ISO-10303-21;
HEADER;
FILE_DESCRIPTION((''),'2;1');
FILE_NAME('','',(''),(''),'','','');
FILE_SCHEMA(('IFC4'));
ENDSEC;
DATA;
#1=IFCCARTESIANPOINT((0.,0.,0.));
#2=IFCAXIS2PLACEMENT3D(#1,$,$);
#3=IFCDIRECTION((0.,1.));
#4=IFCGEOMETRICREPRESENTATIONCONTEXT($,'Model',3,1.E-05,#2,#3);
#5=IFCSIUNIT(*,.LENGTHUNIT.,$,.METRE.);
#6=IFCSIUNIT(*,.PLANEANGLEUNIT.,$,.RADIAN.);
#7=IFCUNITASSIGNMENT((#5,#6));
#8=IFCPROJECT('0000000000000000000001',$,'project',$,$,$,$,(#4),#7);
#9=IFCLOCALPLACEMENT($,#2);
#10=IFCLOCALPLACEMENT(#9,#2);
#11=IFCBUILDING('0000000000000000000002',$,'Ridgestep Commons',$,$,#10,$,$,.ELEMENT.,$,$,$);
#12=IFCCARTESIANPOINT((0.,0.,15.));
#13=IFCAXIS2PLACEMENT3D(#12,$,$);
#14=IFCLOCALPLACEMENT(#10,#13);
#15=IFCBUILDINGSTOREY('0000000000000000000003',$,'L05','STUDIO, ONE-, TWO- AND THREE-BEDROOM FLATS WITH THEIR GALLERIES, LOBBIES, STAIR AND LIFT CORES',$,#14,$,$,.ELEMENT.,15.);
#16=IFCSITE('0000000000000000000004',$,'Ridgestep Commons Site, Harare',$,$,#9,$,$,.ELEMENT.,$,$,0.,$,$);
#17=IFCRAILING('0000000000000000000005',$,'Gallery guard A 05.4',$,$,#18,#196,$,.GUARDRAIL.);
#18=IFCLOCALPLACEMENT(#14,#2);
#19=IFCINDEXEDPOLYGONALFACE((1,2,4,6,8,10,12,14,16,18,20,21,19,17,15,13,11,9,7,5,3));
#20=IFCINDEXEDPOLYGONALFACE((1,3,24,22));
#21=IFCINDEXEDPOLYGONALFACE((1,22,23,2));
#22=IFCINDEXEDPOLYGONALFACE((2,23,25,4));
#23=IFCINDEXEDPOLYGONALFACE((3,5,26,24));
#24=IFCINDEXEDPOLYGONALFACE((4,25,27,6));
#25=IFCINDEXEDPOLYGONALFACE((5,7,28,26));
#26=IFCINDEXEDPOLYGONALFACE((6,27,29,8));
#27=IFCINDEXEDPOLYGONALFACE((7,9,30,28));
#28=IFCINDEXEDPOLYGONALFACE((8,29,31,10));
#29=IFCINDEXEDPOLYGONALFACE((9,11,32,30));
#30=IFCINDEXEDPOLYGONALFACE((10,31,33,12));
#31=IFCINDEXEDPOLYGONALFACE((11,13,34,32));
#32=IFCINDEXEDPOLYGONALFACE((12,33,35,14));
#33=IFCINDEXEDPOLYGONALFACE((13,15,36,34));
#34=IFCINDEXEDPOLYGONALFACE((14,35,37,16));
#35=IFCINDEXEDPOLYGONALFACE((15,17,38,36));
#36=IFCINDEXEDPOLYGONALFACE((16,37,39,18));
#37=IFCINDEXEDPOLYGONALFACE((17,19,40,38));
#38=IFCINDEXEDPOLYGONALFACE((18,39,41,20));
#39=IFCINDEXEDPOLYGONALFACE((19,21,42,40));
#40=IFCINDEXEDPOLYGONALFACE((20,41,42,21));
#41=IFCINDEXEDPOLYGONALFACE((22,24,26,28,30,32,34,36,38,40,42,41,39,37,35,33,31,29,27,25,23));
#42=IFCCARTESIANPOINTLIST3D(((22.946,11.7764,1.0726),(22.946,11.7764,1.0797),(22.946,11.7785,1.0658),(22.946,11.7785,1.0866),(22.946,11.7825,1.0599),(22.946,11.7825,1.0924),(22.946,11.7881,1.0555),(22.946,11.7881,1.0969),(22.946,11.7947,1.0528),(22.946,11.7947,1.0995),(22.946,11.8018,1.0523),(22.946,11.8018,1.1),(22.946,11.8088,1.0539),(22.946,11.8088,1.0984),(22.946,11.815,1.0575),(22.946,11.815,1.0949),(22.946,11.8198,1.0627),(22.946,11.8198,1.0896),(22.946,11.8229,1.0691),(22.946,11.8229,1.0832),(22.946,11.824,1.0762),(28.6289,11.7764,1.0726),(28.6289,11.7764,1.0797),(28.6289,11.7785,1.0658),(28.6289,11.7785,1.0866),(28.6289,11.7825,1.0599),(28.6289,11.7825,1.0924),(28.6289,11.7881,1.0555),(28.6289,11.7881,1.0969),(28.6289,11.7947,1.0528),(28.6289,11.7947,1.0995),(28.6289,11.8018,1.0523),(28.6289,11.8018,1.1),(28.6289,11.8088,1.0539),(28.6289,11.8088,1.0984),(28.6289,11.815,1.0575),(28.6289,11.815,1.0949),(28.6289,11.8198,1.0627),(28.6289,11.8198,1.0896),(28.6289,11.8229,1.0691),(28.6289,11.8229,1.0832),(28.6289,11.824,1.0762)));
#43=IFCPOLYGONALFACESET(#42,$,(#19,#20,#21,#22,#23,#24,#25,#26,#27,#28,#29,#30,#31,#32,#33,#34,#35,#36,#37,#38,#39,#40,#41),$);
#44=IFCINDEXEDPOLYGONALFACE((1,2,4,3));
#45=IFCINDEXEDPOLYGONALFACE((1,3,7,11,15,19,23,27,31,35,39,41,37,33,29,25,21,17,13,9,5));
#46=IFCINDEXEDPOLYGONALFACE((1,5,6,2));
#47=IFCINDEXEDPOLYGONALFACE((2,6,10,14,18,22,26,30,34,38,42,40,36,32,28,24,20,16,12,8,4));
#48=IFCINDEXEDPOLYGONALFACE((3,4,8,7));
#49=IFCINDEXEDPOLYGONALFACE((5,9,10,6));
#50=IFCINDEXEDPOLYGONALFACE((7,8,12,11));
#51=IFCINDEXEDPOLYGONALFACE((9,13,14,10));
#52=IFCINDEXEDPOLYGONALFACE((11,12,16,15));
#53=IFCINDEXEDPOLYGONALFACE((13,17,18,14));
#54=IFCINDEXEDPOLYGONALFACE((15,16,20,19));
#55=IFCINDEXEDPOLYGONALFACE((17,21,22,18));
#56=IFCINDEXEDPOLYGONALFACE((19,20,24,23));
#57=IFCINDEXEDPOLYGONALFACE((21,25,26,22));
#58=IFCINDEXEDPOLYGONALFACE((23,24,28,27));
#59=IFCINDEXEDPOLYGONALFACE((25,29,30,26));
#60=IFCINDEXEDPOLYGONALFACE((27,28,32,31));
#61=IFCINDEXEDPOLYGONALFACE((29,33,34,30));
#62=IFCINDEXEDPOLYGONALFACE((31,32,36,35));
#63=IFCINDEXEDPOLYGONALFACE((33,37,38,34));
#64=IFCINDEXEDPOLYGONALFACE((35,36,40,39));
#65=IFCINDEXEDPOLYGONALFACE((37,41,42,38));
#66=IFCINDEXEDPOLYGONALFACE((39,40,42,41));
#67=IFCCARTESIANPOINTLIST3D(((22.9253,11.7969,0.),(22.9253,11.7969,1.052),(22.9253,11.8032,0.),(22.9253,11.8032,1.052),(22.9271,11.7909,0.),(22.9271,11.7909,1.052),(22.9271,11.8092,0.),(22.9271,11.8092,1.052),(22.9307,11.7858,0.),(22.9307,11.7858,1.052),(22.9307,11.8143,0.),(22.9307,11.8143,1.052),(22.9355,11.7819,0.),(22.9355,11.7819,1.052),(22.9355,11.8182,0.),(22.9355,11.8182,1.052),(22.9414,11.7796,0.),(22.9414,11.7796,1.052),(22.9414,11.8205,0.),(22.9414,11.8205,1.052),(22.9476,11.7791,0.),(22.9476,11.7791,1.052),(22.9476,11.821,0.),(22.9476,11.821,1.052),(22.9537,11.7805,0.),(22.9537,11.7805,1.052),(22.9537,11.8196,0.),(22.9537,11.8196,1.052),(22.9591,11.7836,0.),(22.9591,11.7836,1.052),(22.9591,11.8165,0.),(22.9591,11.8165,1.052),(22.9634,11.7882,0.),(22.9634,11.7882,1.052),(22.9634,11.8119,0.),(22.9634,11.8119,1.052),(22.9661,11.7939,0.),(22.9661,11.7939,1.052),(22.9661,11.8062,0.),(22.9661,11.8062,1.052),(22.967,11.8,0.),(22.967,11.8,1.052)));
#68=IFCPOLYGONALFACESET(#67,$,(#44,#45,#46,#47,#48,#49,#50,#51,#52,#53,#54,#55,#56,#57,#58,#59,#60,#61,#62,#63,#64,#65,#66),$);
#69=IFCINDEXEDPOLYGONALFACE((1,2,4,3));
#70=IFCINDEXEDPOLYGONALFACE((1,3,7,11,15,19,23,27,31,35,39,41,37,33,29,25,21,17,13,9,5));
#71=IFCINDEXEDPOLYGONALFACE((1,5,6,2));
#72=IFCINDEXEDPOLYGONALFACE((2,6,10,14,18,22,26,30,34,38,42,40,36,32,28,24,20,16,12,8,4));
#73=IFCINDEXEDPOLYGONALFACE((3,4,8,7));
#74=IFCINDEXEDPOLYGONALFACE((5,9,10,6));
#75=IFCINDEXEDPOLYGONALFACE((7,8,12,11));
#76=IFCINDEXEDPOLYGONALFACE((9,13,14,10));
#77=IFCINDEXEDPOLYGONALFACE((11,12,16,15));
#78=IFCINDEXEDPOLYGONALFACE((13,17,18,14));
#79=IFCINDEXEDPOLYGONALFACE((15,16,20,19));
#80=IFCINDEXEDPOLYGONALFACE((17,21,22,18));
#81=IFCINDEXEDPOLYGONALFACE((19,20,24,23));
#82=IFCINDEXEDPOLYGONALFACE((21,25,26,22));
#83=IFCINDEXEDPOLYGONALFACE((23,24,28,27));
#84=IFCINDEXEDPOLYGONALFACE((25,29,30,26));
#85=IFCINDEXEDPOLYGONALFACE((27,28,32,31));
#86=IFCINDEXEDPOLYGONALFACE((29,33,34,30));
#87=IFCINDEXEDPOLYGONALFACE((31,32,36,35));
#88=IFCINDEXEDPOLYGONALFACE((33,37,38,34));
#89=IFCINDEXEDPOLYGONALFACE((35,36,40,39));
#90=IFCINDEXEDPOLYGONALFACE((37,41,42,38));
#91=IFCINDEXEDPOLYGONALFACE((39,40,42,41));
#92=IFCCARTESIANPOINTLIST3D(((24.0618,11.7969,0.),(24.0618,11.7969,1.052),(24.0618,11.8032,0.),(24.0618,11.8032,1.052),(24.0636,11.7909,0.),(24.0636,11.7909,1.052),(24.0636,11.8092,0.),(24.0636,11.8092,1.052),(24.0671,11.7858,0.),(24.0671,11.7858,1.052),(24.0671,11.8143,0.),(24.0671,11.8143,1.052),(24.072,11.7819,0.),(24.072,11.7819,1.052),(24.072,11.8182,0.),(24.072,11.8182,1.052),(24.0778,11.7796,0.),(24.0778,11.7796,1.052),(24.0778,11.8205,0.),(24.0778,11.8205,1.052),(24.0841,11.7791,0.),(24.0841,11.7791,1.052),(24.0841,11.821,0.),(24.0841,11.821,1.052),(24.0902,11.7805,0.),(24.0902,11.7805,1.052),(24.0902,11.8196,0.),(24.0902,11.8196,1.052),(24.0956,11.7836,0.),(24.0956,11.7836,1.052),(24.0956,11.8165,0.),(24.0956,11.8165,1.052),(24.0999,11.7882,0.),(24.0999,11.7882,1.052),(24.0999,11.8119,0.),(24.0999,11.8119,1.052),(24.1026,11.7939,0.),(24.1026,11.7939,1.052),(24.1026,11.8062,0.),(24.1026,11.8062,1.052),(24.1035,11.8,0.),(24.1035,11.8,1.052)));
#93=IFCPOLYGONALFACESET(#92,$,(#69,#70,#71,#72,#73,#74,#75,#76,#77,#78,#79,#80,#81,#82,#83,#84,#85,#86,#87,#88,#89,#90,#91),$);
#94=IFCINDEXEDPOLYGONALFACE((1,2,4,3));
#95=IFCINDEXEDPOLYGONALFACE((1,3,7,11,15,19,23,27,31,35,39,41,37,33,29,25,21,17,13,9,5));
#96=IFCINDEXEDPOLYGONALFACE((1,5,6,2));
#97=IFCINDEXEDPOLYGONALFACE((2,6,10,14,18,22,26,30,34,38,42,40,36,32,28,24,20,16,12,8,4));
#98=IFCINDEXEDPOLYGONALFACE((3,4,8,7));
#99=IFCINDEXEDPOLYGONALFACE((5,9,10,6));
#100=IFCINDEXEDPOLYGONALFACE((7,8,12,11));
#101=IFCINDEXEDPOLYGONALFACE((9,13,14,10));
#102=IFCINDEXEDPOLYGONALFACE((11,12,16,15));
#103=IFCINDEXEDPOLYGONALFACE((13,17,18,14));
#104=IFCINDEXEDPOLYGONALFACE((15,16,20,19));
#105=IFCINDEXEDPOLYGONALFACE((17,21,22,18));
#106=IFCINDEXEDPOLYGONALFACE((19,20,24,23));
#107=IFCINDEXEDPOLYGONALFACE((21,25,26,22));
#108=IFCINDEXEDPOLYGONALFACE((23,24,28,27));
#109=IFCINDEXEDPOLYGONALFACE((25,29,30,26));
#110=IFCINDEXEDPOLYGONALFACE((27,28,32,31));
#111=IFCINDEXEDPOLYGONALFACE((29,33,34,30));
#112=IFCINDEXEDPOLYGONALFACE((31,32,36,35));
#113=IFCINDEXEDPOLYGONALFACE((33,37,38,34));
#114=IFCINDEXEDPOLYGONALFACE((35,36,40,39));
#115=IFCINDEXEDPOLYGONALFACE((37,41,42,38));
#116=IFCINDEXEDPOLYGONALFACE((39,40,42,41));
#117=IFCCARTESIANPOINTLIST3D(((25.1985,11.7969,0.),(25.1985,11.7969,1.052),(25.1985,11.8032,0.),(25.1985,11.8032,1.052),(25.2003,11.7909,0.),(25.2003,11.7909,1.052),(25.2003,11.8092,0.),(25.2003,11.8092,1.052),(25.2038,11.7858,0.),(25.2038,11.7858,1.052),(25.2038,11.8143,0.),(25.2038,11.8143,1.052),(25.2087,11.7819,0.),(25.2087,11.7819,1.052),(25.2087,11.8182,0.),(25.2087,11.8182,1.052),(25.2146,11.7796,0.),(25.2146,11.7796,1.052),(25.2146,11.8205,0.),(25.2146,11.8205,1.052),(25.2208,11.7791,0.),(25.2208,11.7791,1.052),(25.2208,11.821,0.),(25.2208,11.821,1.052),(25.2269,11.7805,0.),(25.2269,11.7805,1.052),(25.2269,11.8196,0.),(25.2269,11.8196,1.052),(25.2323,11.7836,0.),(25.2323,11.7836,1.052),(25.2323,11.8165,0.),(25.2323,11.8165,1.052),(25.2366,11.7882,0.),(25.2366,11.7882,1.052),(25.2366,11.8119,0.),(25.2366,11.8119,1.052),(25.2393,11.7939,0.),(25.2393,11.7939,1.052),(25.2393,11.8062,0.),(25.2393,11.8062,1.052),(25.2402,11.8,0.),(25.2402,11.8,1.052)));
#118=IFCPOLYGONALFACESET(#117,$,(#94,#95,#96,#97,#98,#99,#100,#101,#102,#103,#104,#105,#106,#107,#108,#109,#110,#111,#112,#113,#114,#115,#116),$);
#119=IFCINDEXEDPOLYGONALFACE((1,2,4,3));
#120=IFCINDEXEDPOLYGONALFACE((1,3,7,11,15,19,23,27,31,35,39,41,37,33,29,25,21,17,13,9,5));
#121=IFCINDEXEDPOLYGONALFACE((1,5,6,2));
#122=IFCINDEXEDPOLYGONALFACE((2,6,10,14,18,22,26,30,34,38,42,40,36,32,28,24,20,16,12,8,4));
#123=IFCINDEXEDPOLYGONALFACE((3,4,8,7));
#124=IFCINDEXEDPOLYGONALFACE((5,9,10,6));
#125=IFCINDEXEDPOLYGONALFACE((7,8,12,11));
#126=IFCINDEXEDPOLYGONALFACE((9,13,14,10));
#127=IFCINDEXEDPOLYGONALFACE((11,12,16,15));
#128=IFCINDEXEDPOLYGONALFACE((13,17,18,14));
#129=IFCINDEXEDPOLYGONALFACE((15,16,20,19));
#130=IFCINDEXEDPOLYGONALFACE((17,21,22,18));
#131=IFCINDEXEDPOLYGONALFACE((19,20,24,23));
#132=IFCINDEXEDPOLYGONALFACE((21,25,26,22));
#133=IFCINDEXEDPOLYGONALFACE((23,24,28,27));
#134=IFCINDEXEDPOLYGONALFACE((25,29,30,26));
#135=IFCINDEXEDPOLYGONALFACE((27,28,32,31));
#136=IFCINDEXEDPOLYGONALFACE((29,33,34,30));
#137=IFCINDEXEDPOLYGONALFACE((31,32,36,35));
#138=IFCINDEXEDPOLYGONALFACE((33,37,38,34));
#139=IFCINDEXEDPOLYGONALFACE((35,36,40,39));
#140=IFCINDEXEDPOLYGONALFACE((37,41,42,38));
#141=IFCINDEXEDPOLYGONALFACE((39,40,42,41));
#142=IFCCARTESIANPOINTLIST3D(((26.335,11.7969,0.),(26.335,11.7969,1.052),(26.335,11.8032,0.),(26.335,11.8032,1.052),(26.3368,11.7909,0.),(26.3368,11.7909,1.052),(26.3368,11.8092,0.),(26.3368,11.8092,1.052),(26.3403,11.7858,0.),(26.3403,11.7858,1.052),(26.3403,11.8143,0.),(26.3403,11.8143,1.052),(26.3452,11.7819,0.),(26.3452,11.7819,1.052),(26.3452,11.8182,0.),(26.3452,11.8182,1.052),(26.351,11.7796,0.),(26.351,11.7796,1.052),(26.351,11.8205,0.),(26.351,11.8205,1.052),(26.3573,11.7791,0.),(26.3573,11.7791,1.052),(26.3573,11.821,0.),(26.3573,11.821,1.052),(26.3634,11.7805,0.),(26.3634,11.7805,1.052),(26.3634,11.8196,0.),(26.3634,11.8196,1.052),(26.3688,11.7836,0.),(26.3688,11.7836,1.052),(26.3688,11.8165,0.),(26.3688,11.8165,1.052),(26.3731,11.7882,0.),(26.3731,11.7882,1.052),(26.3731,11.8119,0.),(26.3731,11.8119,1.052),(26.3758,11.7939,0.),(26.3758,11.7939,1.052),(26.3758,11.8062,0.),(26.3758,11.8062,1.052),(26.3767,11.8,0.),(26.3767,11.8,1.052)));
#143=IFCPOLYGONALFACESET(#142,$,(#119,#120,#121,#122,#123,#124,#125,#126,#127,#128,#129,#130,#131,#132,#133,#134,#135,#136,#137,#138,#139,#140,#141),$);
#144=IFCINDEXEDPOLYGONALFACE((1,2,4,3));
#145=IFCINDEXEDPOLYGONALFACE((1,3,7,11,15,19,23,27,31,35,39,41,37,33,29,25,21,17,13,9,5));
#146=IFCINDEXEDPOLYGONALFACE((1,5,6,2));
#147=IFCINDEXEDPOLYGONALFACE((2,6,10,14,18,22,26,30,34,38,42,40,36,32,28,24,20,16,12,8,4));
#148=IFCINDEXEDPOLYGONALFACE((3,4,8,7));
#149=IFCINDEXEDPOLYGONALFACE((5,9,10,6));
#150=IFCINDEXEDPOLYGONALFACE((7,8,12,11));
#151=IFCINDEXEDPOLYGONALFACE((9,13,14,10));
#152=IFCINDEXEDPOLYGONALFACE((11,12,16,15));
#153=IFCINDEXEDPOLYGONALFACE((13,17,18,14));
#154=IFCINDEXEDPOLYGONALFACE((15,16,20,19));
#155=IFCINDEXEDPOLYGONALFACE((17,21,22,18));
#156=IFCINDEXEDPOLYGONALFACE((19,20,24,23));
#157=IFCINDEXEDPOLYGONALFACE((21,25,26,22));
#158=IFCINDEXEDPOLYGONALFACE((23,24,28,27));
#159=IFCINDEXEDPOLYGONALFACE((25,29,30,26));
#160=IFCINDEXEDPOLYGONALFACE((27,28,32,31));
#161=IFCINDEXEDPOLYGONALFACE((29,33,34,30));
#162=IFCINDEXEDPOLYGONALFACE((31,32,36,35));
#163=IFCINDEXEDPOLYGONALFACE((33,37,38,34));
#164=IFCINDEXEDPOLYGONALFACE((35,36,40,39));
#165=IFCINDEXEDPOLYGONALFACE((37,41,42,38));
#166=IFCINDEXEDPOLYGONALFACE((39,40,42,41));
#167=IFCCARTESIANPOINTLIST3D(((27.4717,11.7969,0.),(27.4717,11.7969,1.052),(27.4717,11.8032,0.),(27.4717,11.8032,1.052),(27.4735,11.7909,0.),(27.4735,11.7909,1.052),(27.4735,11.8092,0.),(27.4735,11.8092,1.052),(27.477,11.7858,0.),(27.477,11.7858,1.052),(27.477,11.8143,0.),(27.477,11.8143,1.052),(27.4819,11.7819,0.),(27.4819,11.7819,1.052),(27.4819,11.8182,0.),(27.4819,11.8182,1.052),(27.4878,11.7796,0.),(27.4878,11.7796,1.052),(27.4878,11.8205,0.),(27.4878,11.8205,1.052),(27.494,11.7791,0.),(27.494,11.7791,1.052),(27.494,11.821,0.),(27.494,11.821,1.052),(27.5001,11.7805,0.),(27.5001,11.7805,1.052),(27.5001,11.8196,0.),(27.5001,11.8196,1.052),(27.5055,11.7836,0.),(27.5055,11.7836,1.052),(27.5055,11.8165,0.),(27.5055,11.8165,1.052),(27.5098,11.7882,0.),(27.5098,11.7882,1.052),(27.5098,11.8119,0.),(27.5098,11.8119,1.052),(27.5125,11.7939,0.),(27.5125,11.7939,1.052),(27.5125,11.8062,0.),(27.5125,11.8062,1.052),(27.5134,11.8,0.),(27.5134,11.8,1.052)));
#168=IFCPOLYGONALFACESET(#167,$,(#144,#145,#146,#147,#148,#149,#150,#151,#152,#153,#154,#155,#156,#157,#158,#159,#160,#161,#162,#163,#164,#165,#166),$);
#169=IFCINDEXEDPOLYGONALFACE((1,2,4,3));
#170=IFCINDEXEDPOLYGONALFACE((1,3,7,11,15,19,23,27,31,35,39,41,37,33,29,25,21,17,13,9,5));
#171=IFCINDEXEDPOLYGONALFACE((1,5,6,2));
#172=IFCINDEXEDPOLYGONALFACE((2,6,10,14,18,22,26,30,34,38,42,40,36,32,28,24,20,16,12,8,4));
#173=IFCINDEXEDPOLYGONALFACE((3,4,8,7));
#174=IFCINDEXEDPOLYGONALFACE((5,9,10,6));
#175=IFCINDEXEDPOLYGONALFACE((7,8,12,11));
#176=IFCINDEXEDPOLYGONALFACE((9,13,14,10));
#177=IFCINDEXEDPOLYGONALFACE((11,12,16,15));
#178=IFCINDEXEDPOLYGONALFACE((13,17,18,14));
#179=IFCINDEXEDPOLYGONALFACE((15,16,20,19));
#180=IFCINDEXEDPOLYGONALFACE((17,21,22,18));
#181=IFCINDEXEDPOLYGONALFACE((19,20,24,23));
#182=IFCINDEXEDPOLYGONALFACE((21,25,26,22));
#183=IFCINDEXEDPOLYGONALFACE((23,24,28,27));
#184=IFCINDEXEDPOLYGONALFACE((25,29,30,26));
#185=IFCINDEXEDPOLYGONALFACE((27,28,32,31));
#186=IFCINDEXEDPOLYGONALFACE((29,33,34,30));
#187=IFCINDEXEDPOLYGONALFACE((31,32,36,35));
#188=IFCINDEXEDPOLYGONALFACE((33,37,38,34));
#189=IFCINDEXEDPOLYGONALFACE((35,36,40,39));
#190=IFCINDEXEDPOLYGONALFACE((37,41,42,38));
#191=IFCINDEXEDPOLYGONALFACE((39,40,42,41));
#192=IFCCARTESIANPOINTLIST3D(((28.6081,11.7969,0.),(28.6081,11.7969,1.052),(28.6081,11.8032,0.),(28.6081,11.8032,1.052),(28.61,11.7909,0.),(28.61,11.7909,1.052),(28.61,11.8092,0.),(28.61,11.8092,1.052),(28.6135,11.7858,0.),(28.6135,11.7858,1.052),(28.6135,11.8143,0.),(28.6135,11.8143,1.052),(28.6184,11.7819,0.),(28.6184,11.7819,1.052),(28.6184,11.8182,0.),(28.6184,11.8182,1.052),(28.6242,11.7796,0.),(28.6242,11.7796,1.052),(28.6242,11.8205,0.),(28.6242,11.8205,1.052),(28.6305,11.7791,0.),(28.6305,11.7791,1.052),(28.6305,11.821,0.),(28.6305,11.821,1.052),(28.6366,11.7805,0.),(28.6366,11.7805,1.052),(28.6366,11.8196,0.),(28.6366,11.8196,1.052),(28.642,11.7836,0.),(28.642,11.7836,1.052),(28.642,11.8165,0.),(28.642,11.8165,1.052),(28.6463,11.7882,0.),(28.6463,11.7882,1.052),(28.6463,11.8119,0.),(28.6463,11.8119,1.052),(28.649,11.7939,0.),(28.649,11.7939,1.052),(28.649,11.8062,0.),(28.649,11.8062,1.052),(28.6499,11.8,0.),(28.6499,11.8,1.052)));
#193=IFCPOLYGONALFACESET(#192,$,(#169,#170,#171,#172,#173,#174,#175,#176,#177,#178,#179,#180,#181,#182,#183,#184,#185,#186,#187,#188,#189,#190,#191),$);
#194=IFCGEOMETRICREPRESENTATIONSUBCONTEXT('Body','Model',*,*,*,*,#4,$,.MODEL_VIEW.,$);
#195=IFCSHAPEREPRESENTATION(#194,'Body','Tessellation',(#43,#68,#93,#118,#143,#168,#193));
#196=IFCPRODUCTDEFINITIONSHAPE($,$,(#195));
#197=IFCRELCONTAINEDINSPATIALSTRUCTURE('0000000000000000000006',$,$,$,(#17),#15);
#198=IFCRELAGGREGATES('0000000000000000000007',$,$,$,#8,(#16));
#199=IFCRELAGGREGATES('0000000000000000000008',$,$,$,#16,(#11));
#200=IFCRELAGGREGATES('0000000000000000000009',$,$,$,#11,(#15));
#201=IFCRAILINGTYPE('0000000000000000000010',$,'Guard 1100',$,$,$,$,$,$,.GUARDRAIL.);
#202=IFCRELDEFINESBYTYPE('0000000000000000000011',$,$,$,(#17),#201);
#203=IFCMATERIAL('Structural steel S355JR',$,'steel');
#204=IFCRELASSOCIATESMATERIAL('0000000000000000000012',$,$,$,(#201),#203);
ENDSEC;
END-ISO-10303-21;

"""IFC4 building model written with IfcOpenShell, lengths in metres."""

from ifc_helpers import new_model, si_unit, direction, frame, origin, origin_2d, place, context, subcontext, project, spatial, circle, extrude, material, type_object, element, save


model = new_model("IFC4")

# Units and contexts
model_context = context("Model", 3, precision=1e-05, world=origin(), true_north=direction((0.0, 1.0)))
body_context = subcontext(model_context, "Body", "Model", "MODEL_VIEW")
ifc_project = project(units=[si_unit("LENGTHUNIT", "METRE"), si_unit("PLANEANGLEUNIT", "RADIAN")], contexts=[model_context])

# Site, building, storey
site_placement = place(None, origin())
site = spatial("IfcSite", under=ifc_project, at=site_placement, Name="Ridgestep Commons Site, Harare", CompositionType="ELEMENT", RefElevation=0.0)
building_placement = place(site_placement, origin())
building = spatial("IfcBuilding", under=site, at=building_placement, Name="Ridgestep Commons", CompositionType="ELEMENT")
storey_placement = place(building_placement, frame((0.0, 0.0, 15.0)))
storey = spatial("IfcBuildingStorey", under=building, at=storey_placement, Name="L05", Description="STUDIO, ONE-, TWO- AND THREE-BEDROOM FLATS WITH THEIR GALLERIES, LOBBIES, STAIR AND LIFT CORES", CompositionType="ELEMENT", Elevation=15.0)

# Railing
ifc_material_1 = material(Name="Structural steel S355JR", Category="steel")
railing_type = type_object("IfcRailingType", Name="Guard 1100", PredefinedType="GUARDRAIL", material=ifc_material_1)
railing_1_placement = place(storey_placement, frame((22.946, 11.8, 0.0)))
element("IfcRailing", 1, at=railing_1_placement, inside=storey, type_object=railing_type, Name="Gallery guard A 05.4", PredefinedType="GUARDRAIL", context=body_context, shape_type="SweptSolid", body=[
    extrude(circle(Radius=0.0239, at=origin_2d()), frame((0.0, 0.0, 1.0762), z_axis=(1.0, 0.0, 0.0), x_axis=(0.0, 1.0, 0.0)), (0.0, 0.0, 1.0), 5.6829),
    extrude(circle(Radius=0.021, at=origin_2d()), origin(), (0.0, 0.0, 1.0), 1.052),
    extrude(circle(Radius=0.021, at=origin_2d()), frame((1.1365, 0.0, 0.0)), (0.0, 0.0, 1.0), 1.052),
    extrude(circle(Radius=0.021, at=origin_2d()), frame((2.2732, 0.0, 0.0)), (0.0, 0.0, 1.0), 1.052),
    extrude(circle(Radius=0.021, at=origin_2d()), frame((3.4097, 0.0, 0.0)), (0.0, 0.0, 1.0), 1.052),
    extrude(circle(Radius=0.021, at=origin_2d()), frame((4.5464, 0.0, 0.0)), (0.0, 0.0, 1.0), 1.052),
    extrude(circle(Radius=0.021, at=origin_2d()), frame((5.6829, 0.0, 0.0)), (0.0, 0.0, 1.0), 1.052),
])

save(model, "model.ifc")
